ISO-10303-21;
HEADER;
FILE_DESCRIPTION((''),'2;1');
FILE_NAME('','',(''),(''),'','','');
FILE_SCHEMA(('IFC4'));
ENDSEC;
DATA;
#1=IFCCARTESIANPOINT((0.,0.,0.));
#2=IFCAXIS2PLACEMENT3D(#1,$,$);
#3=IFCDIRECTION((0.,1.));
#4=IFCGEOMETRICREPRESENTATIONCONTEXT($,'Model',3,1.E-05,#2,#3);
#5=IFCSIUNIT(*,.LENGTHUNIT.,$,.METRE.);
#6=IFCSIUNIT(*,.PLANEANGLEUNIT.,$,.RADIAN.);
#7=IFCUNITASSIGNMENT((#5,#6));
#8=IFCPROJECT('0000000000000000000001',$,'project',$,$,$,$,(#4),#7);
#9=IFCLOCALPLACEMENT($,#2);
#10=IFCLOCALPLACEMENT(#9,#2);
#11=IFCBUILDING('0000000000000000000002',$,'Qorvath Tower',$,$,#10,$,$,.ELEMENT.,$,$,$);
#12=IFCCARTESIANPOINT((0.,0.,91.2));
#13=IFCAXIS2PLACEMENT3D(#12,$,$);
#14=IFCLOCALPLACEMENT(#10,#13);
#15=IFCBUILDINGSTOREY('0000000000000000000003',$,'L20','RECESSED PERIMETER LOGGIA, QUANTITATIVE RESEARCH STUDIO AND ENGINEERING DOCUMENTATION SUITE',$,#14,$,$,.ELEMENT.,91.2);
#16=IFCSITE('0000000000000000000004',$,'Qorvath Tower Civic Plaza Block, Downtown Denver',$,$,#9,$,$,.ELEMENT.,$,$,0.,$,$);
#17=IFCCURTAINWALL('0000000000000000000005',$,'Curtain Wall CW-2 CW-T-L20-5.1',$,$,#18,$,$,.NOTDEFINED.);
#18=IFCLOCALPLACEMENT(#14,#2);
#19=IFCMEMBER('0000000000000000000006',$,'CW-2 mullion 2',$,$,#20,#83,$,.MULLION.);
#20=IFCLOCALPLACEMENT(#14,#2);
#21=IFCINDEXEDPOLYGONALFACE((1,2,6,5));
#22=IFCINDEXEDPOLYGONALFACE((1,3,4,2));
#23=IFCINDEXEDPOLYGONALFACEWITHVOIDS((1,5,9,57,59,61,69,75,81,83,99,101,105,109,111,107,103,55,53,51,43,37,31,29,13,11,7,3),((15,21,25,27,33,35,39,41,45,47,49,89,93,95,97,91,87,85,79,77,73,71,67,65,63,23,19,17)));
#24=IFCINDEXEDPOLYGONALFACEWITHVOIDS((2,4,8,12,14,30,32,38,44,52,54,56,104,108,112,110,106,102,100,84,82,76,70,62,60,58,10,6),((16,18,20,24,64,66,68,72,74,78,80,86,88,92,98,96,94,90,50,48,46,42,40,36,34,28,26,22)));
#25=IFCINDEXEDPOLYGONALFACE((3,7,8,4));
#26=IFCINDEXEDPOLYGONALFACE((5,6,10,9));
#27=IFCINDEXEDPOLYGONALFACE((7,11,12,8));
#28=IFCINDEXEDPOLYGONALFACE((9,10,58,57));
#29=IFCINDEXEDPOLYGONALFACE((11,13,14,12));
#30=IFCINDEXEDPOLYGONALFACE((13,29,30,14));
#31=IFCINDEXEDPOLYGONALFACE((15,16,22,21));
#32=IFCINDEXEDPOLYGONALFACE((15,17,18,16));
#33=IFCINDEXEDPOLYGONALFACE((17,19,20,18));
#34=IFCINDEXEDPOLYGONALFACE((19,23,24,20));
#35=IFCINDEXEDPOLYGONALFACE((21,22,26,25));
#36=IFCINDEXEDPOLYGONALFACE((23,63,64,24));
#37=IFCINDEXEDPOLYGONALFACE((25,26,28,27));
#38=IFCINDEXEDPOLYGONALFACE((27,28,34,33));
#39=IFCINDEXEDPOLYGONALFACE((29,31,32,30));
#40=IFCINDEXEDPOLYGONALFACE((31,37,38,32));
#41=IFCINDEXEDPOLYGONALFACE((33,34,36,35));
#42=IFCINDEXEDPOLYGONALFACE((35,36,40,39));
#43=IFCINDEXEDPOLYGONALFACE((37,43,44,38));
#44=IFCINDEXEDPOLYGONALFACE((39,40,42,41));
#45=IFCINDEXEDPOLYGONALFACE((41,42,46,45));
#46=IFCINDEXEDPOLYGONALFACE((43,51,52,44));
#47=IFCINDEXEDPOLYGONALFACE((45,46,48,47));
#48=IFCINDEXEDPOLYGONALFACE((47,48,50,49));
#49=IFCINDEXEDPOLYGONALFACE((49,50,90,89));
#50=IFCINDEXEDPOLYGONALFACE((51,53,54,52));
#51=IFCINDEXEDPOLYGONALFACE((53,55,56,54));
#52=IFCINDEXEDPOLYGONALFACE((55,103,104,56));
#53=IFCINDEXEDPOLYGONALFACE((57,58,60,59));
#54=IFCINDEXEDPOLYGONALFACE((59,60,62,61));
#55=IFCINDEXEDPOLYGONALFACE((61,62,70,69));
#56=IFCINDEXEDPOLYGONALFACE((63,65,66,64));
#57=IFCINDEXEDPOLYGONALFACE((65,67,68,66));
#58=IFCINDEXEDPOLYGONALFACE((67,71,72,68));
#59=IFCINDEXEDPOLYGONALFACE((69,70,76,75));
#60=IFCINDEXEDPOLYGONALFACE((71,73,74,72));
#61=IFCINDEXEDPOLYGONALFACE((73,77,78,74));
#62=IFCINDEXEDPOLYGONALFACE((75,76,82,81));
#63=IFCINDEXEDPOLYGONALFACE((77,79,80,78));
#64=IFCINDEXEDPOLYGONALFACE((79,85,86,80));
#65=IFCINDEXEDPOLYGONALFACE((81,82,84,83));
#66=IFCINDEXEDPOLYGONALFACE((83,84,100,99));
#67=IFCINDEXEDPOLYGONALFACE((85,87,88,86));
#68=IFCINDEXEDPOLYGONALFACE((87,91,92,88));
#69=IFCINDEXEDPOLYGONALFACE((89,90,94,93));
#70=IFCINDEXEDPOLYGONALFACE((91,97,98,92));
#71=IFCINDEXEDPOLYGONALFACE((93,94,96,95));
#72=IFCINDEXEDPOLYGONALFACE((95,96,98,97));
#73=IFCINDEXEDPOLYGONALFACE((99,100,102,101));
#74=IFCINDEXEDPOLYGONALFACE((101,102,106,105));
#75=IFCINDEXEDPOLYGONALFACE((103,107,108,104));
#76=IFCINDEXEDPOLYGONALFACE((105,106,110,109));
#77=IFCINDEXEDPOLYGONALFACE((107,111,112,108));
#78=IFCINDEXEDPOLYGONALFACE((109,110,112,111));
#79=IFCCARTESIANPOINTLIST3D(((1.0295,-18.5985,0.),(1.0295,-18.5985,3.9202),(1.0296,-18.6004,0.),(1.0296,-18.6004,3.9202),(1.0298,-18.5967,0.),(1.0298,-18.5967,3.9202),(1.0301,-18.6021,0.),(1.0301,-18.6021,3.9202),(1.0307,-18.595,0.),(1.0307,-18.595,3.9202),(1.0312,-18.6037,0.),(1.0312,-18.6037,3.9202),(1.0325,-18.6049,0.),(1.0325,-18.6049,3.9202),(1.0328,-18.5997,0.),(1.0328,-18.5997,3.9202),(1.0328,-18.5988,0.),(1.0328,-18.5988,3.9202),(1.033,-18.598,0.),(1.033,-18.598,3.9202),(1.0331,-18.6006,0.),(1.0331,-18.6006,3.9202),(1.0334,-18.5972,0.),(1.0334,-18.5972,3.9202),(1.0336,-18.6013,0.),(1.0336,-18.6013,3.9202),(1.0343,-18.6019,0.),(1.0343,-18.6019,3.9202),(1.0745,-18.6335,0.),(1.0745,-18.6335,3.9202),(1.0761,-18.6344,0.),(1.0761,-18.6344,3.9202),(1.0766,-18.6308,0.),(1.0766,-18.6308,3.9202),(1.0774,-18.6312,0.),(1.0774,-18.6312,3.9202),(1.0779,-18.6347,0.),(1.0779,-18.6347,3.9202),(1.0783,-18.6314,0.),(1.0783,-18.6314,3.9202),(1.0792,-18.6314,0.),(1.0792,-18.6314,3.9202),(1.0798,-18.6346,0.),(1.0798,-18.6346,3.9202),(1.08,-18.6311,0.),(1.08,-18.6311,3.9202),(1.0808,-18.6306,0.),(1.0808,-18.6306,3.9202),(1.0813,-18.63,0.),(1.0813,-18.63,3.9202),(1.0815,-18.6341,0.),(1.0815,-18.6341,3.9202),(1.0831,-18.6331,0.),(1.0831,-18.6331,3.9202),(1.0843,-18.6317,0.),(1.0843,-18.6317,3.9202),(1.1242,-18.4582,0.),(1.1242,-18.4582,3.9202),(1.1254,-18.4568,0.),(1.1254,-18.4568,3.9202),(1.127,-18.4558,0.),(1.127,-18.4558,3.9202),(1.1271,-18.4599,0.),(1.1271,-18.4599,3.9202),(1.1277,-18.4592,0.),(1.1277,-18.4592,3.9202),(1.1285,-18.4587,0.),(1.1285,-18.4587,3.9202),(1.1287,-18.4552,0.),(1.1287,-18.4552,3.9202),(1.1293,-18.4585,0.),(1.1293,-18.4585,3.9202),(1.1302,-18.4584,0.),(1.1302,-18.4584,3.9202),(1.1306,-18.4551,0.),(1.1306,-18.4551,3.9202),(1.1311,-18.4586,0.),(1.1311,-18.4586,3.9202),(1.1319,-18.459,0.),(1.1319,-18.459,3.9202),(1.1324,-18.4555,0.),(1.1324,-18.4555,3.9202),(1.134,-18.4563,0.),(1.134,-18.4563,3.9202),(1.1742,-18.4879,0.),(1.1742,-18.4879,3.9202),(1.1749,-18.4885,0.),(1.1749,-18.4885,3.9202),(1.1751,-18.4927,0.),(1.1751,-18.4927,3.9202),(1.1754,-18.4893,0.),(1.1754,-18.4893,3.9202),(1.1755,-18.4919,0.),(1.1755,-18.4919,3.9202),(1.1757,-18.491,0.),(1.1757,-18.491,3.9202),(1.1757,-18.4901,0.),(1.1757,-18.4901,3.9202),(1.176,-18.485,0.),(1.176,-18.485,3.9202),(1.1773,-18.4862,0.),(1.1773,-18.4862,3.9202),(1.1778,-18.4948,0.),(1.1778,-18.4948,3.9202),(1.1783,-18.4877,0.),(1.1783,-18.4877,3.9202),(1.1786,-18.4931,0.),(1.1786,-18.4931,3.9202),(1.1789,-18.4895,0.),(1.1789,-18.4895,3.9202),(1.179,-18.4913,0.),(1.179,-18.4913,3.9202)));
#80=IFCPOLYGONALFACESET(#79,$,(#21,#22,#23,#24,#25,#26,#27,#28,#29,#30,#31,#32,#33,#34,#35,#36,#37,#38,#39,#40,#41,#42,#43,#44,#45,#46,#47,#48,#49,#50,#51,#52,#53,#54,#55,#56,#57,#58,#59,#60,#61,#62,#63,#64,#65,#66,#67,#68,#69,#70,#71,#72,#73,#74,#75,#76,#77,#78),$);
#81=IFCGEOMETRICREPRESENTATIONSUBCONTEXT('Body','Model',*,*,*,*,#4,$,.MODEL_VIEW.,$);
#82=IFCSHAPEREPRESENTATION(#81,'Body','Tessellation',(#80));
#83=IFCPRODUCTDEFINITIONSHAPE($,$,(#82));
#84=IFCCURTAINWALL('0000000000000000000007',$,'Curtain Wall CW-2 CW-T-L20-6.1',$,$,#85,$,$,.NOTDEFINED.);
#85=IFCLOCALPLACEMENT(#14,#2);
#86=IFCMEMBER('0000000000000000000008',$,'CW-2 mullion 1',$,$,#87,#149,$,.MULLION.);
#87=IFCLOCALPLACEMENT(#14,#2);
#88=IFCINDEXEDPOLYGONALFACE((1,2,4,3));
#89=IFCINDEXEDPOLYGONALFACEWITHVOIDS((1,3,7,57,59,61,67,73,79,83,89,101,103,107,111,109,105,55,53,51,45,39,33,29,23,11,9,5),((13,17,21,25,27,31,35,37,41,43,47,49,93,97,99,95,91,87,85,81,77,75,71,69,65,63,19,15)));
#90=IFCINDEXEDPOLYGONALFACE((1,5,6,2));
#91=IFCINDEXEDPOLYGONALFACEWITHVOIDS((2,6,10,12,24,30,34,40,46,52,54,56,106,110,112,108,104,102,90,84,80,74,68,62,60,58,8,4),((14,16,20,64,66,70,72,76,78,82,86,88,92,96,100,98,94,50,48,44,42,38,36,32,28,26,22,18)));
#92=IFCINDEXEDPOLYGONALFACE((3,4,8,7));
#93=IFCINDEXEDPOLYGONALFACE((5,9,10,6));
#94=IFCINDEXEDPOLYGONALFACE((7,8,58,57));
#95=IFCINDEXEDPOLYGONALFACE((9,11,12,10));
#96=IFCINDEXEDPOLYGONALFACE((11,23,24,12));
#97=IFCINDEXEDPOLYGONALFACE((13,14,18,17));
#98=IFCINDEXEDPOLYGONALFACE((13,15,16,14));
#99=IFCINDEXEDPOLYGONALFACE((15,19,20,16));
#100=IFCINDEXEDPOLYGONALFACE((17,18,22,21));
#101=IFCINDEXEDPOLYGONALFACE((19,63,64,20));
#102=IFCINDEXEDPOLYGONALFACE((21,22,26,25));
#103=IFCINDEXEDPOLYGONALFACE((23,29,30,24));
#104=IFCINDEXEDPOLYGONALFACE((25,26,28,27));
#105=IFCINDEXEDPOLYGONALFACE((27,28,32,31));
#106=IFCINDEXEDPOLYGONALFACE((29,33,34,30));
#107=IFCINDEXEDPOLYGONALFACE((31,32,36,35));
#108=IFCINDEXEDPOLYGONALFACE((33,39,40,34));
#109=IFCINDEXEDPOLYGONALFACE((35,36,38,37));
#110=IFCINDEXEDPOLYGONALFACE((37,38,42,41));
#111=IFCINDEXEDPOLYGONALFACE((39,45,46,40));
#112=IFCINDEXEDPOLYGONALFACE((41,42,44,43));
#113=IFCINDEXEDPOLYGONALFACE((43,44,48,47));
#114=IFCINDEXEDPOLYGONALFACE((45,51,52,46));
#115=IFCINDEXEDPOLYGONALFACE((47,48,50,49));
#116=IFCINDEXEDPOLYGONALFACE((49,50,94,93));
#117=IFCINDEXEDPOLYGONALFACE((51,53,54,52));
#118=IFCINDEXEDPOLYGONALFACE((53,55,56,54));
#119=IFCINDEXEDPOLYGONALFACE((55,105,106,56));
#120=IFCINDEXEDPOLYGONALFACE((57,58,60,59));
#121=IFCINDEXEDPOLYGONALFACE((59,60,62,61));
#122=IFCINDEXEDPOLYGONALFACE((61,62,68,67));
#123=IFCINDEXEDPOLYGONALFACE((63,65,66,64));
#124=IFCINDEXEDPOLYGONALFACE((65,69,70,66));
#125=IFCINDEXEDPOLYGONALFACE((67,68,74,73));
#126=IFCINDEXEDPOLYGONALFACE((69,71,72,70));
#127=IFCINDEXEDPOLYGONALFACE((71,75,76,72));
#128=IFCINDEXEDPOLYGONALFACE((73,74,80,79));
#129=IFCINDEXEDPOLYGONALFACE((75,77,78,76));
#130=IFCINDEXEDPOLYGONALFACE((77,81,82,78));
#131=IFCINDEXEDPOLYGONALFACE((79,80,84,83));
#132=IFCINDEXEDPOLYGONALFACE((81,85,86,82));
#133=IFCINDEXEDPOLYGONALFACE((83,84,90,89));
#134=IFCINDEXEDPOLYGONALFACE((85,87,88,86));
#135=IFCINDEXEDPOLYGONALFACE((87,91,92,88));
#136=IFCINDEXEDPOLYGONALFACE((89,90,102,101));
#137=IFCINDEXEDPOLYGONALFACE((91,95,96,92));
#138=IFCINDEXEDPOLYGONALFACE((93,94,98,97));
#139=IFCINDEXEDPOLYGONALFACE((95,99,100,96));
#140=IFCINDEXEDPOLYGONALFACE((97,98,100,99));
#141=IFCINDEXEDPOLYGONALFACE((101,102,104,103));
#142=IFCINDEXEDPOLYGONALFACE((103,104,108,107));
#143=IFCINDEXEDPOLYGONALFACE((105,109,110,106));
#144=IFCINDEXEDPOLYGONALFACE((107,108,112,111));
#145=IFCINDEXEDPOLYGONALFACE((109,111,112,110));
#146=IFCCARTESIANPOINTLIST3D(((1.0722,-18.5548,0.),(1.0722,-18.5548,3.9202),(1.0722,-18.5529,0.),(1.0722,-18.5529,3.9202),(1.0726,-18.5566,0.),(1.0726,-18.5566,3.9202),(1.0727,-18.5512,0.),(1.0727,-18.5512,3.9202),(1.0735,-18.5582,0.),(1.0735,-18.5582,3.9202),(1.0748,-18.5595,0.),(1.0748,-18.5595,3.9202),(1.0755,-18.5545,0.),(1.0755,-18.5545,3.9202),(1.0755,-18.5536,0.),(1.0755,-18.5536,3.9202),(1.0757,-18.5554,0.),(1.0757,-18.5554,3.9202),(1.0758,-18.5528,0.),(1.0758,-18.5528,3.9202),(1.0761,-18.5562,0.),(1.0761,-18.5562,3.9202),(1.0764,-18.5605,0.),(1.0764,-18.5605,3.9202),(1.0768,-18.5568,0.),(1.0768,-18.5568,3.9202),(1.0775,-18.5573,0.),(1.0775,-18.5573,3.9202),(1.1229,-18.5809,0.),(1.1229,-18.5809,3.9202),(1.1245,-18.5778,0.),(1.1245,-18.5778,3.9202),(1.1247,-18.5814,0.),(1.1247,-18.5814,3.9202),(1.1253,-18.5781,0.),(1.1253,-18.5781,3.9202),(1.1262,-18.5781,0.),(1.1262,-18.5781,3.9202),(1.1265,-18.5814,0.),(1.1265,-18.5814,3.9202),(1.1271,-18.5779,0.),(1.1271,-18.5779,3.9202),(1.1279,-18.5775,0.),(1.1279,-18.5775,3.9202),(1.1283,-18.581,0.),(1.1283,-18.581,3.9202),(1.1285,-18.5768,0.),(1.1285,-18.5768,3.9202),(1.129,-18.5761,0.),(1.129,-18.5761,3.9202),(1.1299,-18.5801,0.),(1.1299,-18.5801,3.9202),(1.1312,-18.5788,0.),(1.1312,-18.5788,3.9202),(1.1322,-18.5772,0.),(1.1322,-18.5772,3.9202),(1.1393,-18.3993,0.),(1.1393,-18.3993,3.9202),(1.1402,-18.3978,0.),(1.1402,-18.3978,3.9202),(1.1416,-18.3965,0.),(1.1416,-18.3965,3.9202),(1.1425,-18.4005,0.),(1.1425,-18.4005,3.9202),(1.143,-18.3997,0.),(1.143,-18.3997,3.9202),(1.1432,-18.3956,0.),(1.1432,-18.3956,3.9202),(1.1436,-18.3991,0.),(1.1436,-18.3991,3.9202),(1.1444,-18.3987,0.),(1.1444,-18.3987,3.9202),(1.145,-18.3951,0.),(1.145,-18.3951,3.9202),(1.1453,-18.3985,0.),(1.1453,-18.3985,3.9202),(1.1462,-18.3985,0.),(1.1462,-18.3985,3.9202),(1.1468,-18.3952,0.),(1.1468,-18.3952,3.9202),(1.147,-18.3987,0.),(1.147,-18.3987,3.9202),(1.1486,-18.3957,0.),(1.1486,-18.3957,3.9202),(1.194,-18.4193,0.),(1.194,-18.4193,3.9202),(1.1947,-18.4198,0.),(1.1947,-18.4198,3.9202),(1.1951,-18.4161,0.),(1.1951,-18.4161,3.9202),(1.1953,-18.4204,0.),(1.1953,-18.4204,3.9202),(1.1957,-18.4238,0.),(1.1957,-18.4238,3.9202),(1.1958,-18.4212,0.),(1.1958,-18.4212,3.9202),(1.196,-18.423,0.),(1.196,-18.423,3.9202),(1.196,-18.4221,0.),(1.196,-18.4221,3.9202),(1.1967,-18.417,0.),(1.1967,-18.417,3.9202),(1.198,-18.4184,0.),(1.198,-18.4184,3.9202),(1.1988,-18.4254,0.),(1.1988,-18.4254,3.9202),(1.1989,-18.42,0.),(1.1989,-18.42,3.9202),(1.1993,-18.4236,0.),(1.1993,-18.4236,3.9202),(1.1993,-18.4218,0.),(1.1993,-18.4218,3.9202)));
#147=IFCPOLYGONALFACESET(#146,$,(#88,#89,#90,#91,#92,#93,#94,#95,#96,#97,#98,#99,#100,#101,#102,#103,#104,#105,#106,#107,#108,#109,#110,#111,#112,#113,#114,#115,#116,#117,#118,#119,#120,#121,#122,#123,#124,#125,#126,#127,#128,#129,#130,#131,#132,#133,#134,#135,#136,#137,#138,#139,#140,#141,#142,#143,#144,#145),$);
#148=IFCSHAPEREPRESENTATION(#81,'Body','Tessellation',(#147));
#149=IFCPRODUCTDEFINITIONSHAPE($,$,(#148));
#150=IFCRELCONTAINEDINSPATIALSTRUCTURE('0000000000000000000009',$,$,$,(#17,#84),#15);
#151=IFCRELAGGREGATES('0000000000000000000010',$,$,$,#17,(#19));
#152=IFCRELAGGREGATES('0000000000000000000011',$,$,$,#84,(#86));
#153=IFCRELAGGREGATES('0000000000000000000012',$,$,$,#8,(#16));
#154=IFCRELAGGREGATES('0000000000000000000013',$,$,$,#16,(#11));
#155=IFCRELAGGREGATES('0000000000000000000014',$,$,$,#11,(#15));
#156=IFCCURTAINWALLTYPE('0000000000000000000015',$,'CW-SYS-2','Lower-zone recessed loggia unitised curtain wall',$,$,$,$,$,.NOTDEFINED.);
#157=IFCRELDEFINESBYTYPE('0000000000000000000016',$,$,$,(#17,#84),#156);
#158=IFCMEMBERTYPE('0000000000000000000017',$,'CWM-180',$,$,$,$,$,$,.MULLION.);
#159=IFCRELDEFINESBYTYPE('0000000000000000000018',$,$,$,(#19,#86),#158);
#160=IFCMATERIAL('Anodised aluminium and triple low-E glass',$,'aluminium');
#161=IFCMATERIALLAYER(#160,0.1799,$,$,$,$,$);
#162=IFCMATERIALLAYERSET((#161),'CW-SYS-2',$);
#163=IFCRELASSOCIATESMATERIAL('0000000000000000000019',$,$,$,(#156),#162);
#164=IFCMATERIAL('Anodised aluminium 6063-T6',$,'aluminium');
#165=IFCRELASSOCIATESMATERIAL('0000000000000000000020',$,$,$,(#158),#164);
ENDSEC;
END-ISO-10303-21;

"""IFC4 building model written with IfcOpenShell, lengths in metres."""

from ifc_helpers import new_model, si_unit, direction, frame, origin, origin_2d, place, context, subcontext, project, spatial, hollow_rectangle, extrude, material, layer, layer_set, material_profile, profile_set, type_object, element, aggregate, save


model = new_model("IFC4")

# Units and contexts
model_context = context("Model", 3, precision=1e-05, world=origin(), true_north=direction((0.0, 1.0)))
body_context = subcontext(model_context, "Body", "Model", "MODEL_VIEW")
ifc_project = project(units=[si_unit("LENGTHUNIT", "METRE"), si_unit("PLANEANGLEUNIT", "RADIAN")], contexts=[model_context])

# Site, building, storey
site_placement = place(None, origin())
site = spatial("IfcSite", under=ifc_project, at=site_placement, Name="Qorvath Tower Civic Plaza Block, Downtown Denver", CompositionType="ELEMENT", RefElevation=0.0)
building_placement = place(site_placement, origin())
building = spatial("IfcBuilding", under=site, at=building_placement, Name="Qorvath Tower", CompositionType="ELEMENT")
storey_placement = place(building_placement, frame((0.0, 0.0, 91.2)))
storey = spatial("IfcBuildingStorey", under=building, at=storey_placement, Name="L20", Description="RECESSED PERIMETER LOGGIA, QUANTITATIVE RESEARCH STUDIO AND ENGINEERING DOCUMENTATION SUITE", CompositionType="ELEMENT", Elevation=91.2)

# Curtain wall, member
ifc_material_1 = material(Name="Anodised aluminium and triple low-E glass", Category="aluminium")
ifc_layer_1 = layer(ifc_material_1, 0.1799)
ifc_layer_set_1 = layer_set([ifc_layer_1], Name="CW-SYS-2")
curtain_wall_type = type_object("IfcCurtainWallType", Name="CW-SYS-2", Description="Lower-zone recessed loggia unitised curtain wall", PredefinedType="NOTDEFINED", material=ifc_layer_set_1)
curtain_wall_1_placement = place(storey_placement, origin())
curtain_wall_1 = element("IfcCurtainWall", 1, at=curtain_wall_1_placement, inside=storey, type_object=curtain_wall_type, Name="Curtain Wall CW-2 CW-T-L20-5.1", PredefinedType="NOTDEFINED")
ifc_material_2 = material(Name="Anodised aluminium 6063-T6", Category="aluminium")
ifc_material_profile_1 = material_profile(ifc_material_2, hollow_rectangle(XDim=0.0649, YDim=0.1799, WallThickness=0.0034, InnerFilletRadius=0.0034, OuterFilletRadius=0.0071, at=origin_2d()), Name="CWM 180x65")
ifc_profile_set_1 = profile_set([ifc_material_profile_1], Name="Anodised aluminium 6063-T6")
member_type_1 = type_object("IfcMemberType", Name="CWM-180", PredefinedType="MULLION", material=ifc_profile_set_1)
member_1_placement = place(storey_placement, frame((1.1042, -18.5449, 0.0), z_axis=(0.0, 0.0, 1.0), x_axis=(-0.825733, 0.564062, 0.0)))
member_1 = element("IfcMember", 2, at=member_1_placement, type_object=member_type_1, Name="CW-2 mullion 2", PredefinedType="MULLION", context=body_context, shape_type="SweptSolid", body=[
    extrude(hollow_rectangle(XDim=0.0649, YDim=0.1799, WallThickness=0.0034, InnerFilletRadius=0.0034, OuterFilletRadius=0.0071, at=origin_2d()), origin(), (0.0, 0.0, 1.0), 3.9202),
])
aggregate(curtain_wall_1, [member_1])

# Curtain wall, member
curtain_wall_2_placement = place(storey_placement, origin())
curtain_wall_2 = element("IfcCurtainWall", 3, at=curtain_wall_2_placement, inside=storey, type_object=curtain_wall_type, Name="Curtain Wall CW-2 CW-T-L20-6.1", PredefinedType="NOTDEFINED")
member_2_placement = place(storey_placement, frame((1.1357, -18.4883, 0.0), z_axis=(0.0, 0.0, 1.0), x_axis=(-0.915869, 0.401477, 0.0)))
member_2 = element("IfcMember", 4, at=member_2_placement, type_object=member_type_1, Name="CW-2 mullion 1", PredefinedType="MULLION", context=body_context, shape_type="SweptSolid", body=[
    extrude(hollow_rectangle(XDim=0.0649, YDim=0.1799, WallThickness=0.0034, InnerFilletRadius=0.0034, OuterFilletRadius=0.0071, at=origin_2d()), origin(), (0.0, 0.0, 1.0), 3.9202),
])

aggregate(curtain_wall_2, [member_2])

save(model, "model.ifc")
